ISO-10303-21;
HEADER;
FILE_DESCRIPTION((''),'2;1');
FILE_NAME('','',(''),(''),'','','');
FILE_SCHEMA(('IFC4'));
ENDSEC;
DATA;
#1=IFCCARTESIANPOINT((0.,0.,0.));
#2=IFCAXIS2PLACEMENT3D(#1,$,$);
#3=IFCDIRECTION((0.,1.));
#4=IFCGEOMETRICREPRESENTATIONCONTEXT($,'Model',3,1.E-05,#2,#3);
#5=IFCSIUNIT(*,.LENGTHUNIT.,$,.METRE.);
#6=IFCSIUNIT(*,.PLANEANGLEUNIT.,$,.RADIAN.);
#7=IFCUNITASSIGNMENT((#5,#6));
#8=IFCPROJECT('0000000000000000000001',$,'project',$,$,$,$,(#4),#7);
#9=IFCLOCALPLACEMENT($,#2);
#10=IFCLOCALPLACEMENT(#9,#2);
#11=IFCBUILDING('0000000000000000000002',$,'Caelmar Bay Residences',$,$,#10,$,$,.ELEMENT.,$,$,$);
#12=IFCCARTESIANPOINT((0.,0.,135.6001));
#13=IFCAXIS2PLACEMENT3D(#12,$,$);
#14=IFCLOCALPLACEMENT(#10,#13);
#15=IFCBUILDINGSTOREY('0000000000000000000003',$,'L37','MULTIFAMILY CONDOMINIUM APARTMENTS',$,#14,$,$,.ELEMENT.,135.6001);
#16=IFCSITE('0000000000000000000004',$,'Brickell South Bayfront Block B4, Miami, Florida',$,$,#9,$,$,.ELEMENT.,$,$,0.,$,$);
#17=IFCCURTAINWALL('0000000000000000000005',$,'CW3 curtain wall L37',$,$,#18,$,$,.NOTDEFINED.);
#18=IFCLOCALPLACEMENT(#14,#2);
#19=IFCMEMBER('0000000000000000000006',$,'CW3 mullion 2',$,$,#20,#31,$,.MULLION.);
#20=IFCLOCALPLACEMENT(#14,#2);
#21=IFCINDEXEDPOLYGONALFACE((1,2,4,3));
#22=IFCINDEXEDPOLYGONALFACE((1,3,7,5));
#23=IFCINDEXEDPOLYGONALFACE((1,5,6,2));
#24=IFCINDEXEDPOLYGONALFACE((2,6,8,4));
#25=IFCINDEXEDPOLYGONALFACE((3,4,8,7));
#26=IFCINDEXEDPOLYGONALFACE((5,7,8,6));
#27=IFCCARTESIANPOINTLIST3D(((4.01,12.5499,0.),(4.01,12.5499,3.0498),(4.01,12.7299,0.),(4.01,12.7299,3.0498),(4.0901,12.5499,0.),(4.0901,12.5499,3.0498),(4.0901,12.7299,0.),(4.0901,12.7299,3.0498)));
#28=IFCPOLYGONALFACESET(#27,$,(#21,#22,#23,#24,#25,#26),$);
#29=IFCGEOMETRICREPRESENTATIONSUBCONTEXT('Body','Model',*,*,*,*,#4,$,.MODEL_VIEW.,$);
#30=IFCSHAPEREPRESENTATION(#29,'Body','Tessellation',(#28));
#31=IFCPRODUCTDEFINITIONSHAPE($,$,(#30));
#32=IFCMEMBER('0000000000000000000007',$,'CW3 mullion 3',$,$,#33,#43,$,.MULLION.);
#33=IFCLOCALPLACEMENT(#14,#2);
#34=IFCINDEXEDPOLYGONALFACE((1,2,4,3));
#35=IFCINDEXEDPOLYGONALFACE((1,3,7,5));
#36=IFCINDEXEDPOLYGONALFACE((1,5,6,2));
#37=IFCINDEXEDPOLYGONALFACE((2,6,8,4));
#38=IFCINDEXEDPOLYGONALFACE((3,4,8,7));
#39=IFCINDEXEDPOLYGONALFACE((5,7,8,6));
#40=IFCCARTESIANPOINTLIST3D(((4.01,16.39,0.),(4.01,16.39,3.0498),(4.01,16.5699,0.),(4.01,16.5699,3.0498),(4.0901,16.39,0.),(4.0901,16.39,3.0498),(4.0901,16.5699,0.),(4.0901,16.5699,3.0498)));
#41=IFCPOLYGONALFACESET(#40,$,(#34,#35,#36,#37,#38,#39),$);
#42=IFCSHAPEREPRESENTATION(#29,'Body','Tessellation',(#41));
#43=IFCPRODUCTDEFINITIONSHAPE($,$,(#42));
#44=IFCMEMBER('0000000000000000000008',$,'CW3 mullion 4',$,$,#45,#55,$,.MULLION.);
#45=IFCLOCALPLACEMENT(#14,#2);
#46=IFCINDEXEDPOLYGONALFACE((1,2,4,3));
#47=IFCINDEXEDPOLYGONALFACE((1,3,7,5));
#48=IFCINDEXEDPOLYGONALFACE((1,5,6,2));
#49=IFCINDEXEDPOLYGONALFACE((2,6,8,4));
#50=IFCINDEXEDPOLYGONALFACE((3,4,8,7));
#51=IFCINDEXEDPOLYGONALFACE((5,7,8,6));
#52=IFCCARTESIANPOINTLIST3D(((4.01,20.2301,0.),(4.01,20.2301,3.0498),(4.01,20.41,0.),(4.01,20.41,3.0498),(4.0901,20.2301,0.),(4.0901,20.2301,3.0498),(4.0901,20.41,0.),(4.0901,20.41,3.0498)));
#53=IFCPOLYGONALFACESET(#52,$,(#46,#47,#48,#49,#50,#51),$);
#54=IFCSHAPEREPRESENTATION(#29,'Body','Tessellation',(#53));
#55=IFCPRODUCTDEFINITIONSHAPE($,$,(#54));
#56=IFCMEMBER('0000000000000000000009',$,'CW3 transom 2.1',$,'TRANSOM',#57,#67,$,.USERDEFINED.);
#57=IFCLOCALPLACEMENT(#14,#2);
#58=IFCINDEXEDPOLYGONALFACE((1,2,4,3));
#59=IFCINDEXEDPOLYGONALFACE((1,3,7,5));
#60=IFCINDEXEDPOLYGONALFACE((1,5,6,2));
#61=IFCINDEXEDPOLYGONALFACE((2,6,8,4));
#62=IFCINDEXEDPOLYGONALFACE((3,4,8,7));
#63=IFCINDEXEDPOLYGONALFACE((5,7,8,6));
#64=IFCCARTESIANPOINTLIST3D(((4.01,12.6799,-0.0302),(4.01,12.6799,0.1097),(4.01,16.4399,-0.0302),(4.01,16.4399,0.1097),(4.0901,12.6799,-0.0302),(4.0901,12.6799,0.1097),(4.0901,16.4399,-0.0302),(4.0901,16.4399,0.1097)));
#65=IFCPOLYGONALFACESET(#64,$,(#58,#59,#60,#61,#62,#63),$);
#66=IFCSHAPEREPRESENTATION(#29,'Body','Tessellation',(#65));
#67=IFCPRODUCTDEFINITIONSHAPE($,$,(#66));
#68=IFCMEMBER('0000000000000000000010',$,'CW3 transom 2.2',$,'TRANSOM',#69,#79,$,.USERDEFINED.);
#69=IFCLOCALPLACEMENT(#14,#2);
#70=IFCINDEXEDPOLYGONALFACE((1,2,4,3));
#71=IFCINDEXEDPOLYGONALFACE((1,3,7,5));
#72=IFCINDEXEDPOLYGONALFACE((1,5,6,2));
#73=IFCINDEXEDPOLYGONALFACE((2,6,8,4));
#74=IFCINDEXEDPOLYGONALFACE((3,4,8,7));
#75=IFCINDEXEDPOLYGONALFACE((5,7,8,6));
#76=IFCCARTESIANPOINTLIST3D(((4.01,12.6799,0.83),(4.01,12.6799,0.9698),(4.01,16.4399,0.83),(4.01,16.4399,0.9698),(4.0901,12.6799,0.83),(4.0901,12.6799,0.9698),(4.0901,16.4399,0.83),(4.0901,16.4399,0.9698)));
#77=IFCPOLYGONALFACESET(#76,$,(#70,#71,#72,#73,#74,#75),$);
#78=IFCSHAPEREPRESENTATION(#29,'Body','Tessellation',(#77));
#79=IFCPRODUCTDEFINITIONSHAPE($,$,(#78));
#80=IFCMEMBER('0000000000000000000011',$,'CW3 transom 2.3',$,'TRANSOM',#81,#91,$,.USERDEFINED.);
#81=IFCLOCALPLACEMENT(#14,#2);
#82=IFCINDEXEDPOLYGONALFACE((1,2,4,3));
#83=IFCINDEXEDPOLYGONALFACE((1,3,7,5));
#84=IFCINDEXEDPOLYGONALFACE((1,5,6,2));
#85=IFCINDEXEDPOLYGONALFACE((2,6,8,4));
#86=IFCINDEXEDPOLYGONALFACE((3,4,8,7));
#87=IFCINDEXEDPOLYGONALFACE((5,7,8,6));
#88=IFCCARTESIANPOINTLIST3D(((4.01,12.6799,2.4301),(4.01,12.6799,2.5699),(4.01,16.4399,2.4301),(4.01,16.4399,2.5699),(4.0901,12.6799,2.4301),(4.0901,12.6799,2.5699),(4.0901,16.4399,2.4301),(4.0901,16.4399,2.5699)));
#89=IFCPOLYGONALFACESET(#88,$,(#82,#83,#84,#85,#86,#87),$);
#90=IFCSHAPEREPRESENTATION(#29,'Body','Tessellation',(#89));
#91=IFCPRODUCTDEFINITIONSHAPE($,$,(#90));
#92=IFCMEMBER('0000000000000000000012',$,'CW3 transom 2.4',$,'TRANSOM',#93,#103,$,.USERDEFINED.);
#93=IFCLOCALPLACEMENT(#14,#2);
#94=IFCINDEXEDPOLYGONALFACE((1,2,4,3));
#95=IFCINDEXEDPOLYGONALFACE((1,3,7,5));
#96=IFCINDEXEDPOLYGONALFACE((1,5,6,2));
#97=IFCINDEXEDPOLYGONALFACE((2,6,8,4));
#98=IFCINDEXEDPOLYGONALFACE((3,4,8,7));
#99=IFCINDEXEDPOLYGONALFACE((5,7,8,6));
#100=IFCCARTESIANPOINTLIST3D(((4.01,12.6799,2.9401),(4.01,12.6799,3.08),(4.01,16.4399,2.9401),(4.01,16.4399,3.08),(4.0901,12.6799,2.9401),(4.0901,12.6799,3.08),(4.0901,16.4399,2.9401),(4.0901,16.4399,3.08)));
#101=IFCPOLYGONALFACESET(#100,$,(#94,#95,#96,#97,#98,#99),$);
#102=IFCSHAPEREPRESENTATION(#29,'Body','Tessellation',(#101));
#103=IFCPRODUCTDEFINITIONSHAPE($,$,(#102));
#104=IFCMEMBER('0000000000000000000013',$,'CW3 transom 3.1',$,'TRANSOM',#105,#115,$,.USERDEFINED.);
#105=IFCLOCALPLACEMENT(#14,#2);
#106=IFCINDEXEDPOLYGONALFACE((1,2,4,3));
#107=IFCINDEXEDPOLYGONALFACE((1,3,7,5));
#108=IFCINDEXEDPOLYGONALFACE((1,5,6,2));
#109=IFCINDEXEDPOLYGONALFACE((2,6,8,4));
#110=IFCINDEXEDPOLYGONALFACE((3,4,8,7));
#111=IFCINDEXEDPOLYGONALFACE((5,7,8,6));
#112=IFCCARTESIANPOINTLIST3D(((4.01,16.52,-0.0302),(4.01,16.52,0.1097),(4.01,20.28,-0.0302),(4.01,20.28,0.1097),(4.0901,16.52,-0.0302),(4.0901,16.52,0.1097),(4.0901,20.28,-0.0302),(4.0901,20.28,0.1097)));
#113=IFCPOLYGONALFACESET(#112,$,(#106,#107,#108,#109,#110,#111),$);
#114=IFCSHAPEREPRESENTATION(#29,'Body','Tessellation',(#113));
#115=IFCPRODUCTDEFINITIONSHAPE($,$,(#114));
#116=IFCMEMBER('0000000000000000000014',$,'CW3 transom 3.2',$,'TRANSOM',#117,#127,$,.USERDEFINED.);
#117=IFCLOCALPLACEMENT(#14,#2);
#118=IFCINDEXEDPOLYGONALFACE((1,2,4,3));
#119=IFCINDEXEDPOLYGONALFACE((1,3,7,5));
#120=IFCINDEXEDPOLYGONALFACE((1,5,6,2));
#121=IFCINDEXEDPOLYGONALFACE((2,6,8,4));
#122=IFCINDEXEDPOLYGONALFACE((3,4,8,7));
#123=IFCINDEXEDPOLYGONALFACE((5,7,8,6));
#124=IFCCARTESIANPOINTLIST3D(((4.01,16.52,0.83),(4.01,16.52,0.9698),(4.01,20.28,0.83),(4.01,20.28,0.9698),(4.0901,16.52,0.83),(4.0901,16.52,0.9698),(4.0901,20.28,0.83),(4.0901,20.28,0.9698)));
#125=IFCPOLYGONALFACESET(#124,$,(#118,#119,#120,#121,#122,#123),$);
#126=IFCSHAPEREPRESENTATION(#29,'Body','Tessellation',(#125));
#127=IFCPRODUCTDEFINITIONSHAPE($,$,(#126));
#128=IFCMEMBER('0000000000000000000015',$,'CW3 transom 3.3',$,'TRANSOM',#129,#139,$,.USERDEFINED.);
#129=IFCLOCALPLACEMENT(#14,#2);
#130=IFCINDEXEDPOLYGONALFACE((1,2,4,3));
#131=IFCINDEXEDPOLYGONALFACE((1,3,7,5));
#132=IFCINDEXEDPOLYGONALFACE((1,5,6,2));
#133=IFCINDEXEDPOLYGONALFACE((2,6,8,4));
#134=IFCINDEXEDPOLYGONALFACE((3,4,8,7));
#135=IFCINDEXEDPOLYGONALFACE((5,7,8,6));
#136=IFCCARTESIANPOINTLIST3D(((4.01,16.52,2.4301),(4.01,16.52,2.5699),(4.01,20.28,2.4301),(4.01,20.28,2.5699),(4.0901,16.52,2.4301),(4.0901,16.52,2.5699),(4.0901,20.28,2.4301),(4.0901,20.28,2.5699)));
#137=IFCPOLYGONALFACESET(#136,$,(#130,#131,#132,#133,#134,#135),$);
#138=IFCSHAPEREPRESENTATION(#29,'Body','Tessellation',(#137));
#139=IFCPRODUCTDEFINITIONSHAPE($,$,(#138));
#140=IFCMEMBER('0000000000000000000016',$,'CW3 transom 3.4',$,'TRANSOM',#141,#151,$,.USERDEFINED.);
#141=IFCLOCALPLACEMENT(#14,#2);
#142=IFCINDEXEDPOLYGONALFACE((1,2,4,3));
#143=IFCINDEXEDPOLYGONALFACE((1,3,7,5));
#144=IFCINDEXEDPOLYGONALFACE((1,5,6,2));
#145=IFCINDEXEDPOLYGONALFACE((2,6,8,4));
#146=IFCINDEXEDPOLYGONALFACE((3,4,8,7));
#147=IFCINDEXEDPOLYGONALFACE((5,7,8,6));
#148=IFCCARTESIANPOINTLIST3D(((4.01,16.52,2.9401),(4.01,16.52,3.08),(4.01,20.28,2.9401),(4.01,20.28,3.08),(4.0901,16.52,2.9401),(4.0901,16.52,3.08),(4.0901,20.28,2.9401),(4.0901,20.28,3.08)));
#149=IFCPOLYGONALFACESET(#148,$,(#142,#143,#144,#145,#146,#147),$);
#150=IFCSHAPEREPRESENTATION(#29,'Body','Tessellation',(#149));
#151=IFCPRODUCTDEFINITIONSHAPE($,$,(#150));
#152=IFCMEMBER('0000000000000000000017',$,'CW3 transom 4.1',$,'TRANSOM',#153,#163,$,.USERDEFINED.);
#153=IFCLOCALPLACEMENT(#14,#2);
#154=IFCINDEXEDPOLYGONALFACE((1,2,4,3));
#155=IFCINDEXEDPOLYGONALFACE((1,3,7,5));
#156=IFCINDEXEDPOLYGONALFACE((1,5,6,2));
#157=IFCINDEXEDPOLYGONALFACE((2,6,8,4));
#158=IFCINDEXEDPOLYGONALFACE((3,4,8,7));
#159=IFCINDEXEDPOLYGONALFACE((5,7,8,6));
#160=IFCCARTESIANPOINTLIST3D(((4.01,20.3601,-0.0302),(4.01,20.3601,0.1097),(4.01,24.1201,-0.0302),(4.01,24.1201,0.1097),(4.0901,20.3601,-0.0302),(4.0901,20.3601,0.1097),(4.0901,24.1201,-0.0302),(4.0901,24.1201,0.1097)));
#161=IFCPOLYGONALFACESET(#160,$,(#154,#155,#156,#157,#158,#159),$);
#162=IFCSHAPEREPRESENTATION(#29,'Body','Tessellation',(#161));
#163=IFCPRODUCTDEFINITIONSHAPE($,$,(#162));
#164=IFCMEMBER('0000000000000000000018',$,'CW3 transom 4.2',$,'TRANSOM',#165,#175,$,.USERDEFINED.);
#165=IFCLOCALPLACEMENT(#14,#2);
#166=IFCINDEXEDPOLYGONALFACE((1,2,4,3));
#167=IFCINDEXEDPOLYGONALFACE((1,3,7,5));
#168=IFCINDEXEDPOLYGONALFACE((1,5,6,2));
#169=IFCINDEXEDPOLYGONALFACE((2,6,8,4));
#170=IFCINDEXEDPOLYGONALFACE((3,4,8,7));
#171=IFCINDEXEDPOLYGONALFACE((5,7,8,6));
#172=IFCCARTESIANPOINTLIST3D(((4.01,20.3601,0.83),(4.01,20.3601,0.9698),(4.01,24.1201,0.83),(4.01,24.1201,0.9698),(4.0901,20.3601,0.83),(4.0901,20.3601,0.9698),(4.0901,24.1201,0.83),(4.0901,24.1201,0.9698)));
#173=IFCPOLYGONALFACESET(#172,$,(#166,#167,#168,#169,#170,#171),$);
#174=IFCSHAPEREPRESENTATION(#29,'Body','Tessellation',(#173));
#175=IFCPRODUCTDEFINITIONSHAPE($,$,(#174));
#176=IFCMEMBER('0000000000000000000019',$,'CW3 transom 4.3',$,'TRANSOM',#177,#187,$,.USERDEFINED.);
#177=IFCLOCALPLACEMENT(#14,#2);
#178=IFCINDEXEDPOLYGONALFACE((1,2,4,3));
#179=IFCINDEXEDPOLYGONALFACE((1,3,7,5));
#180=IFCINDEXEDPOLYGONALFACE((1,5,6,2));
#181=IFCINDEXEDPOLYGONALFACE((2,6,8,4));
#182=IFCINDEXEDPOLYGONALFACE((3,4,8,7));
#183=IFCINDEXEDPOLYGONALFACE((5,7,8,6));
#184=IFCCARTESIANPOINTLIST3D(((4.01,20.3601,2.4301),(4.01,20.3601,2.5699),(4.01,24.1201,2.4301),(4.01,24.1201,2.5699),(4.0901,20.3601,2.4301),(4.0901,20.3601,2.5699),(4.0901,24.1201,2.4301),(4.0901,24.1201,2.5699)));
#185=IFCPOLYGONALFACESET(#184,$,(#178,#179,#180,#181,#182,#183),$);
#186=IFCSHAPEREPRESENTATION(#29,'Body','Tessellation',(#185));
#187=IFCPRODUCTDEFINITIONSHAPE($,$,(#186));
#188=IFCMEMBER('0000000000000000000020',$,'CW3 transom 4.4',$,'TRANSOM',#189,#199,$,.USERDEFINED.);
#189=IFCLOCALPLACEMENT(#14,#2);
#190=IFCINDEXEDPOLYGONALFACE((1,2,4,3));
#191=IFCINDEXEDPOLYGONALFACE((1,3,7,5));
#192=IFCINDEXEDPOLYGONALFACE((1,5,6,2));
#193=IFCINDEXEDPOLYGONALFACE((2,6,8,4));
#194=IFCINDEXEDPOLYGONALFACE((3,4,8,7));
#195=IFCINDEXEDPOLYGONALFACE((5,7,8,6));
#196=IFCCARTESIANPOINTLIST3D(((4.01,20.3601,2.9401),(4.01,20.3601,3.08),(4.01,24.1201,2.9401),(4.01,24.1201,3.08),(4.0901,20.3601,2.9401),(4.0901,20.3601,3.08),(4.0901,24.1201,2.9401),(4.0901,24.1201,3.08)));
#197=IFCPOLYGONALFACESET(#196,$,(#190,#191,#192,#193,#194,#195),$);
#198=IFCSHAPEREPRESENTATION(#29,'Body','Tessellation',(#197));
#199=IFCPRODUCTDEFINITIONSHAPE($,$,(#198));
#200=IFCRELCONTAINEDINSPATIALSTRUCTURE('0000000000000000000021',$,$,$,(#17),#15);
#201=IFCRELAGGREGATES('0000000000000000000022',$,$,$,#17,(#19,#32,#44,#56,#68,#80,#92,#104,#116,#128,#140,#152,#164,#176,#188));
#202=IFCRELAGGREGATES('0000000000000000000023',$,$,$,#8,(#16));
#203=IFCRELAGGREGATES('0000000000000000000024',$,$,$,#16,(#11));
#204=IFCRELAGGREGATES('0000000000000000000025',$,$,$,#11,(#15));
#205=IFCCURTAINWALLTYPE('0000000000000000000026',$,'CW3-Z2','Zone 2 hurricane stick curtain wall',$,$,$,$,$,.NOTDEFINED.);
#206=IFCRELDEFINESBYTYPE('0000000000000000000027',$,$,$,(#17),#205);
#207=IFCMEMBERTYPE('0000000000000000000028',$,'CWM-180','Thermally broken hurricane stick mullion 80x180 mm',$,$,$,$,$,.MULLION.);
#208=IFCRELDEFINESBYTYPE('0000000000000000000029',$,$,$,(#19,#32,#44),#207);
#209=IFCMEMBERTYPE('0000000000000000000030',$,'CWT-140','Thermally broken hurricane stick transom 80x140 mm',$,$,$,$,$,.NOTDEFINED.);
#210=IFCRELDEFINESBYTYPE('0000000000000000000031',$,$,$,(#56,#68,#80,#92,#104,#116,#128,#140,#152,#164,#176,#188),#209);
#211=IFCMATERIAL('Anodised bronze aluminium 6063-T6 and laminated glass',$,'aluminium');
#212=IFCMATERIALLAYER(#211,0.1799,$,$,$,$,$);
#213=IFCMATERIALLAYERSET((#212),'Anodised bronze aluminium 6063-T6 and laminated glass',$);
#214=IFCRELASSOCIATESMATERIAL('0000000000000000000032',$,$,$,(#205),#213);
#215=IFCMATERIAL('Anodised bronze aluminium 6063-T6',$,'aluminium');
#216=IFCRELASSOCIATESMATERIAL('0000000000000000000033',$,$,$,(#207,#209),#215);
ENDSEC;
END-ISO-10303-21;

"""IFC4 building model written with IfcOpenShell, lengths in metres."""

from ifc_helpers import new_model, si_unit, direction, frame, origin, origin_2d, place, context, subcontext, project, spatial, rectangle, extrude, material, layer, layer_set, material_profile, profile_set, type_object, element, aggregate, save


model = new_model("IFC4")

# Units and contexts
model_context = context("Model", 3, precision=1e-05, world=origin(), true_north=direction((0.0, 1.0)))
body_context = subcontext(model_context, "Body", "Model", "MODEL_VIEW")
ifc_project = project(units=[si_unit("LENGTHUNIT", "METRE"), si_unit("PLANEANGLEUNIT", "RADIAN")], contexts=[model_context])

# Site, building, storey
site_placement = place(None, origin())
site = spatial("IfcSite", under=ifc_project, at=site_placement, Name="Brickell South Bayfront Block B4, Miami, Florida", CompositionType="ELEMENT", RefElevation=0.0)
building_placement = place(site_placement, origin())
building = spatial("IfcBuilding", under=site, at=building_placement, Name="Caelmar Bay Residences", CompositionType="ELEMENT")
storey_placement = place(building_placement, frame((0.0, 0.0, 135.6001)))
storey = spatial("IfcBuildingStorey", under=building, at=storey_placement, Name="L37", Description="MULTIFAMILY CONDOMINIUM APARTMENTS", CompositionType="ELEMENT", Elevation=135.6001)

# Curtain wall, members
ifc_material_1 = material(Name="Anodised bronze aluminium 6063-T6 and laminated glass", Category="aluminium")
ifc_layer_1 = layer(ifc_material_1, 0.1799)
ifc_layer_set_1 = layer_set([ifc_layer_1], Name="Anodised bronze aluminium 6063-T6 and laminated glass")
curtain_wall_type = type_object("IfcCurtainWallType", Name="CW3-Z2", Description="Zone 2 hurricane stick curtain wall", PredefinedType="NOTDEFINED", material=ifc_layer_set_1)
curtain_wall_placement = place(storey_placement, origin())
curtain_wall = element("IfcCurtainWall", 1, at=curtain_wall_placement, inside=storey, type_object=curtain_wall_type, Name="CW3 curtain wall L37", PredefinedType="NOTDEFINED")
ifc_material_2 = material(Name="Anodised bronze aluminium 6063-T6", Category="aluminium")
ifc_material_profile_1 = material_profile(ifc_material_2, rectangle(XDim=0.0801, YDim=0.1799, at=origin_2d()), Name="CWM-80X180")
ifc_profile_set_1 = profile_set([ifc_material_profile_1], Name="Anodised bronze aluminium 6063-T6")
member_type_1 = type_object("IfcMemberType", Name="CWM-180", Description="Thermally broken hurricane stick mullion 80x180 mm", PredefinedType="MULLION", material=ifc_profile_set_1)
member_1_placement = place(storey_placement, frame((4.05, 12.6399, 0.0), z_axis=(0.0, 0.0, 1.0), x_axis=(-1.0, 0.0, 0.0)))
member_1 = element("IfcMember", 2, at=member_1_placement, type_object=member_type_1, Name="CW3 mullion 2", PredefinedType="MULLION", context=body_context, shape_type="SweptSolid", body=[
    extrude(rectangle(XDim=0.0801, YDim=0.1799, at=origin_2d()), origin(), (0.0, 0.0, 1.0), 3.0498),
])
member_2_placement = place(storey_placement, frame((4.05, 16.48, 0.0), z_axis=(0.0, 0.0, 1.0), x_axis=(-1.0, 0.0, 0.0)))
member_2 = element("IfcMember", 3, at=member_2_placement, type_object=member_type_1, Name="CW3 mullion 3", PredefinedType="MULLION", context=body_context, shape_type="SweptSolid", body=[
    extrude(rectangle(XDim=0.0801, YDim=0.1799, at=origin_2d()), origin(), (0.0, 0.0, 1.0), 3.0498),
])
member_3_placement = place(storey_placement, frame((4.05, 20.3201, 0.0), z_axis=(0.0, 0.0, 1.0), x_axis=(-1.0, 0.0, 0.0)))
member_3 = element("IfcMember", 4, at=member_3_placement, type_object=member_type_1, Name="CW3 mullion 4", PredefinedType="MULLION", context=body_context, shape_type="SweptSolid", body=[
    extrude(rectangle(XDim=0.0801, YDim=0.1799, at=origin_2d()), origin(), (0.0, 0.0, 1.0), 3.0498),
])
ifc_material_profile_2 = material_profile(ifc_material_2, rectangle(XDim=0.0801, YDim=0.1399, at=origin_2d()), Name="CWT-80X140")
ifc_profile_set_2 = profile_set([ifc_material_profile_2], Name="Anodised bronze aluminium 6063-T6")
member_type_2 = type_object("IfcMemberType", Name="CWT-140", Description="Thermally broken hurricane stick transom 80x140 mm", PredefinedType="NOTDEFINED", material=ifc_profile_set_2)
member_4_placement = place(storey_placement, frame((4.05, 12.6799, 0.0398), z_axis=(0.0, 1.0, 0.0), x_axis=(-1.0, 0.0, 0.0)))
member_4 = element("IfcMember", 5, at=member_4_placement, type_object=member_type_2, Name="CW3 transom 2.1", ObjectType="TRANSOM", PredefinedType="USERDEFINED", context=body_context, shape_type="SweptSolid", body=[
    extrude(rectangle(XDim=0.0801, YDim=0.1399, at=origin_2d()), origin(), (0.0, 0.0, 1.0), 3.76),
])
member_5_placement = place(storey_placement, frame((4.05, 12.6799, 0.8999), z_axis=(0.0, 1.0, 0.0), x_axis=(-1.0, 0.0, 0.0)))
member_5 = element("IfcMember", 6, at=member_5_placement, type_object=member_type_2, Name="CW3 transom 2.2", ObjectType="TRANSOM", PredefinedType="USERDEFINED", context=body_context, shape_type="SweptSolid", body=[
    extrude(rectangle(XDim=0.0801, YDim=0.1399, at=origin_2d()), origin(), (0.0, 0.0, 1.0), 3.76),
])
member_6_placement = place(storey_placement, frame((4.05, 12.6799, 2.5), z_axis=(0.0, 1.0, 0.0), x_axis=(-1.0, 0.0, 0.0)))
member_6 = element("IfcMember", 7, at=member_6_placement, type_object=member_type_2, Name="CW3 transom 2.3", ObjectType="TRANSOM", PredefinedType="USERDEFINED", context=body_context, shape_type="SweptSolid", body=[
    extrude(rectangle(XDim=0.0801, YDim=0.1399, at=origin_2d()), origin(), (0.0, 0.0, 1.0), 3.76),
])
member_7_placement = place(storey_placement, frame((4.05, 12.6799, 3.01), z_axis=(0.0, 1.0, 0.0), x_axis=(-1.0, 0.0, 0.0)))
member_7 = element("IfcMember", 8, at=member_7_placement, type_object=member_type_2, Name="CW3 transom 2.4", ObjectType="TRANSOM", PredefinedType="USERDEFINED", context=body_context, shape_type="SweptSolid", body=[
    extrude(rectangle(XDim=0.0801, YDim=0.1399, at=origin_2d()), origin(), (0.0, 0.0, 1.0), 3.76),
])
member_8_placement = place(storey_placement, frame((4.05, 16.52, 0.0398), z_axis=(0.0, 1.0, 0.0), x_axis=(-1.0, 0.0, 0.0)))
member_8 = element("IfcMember", 9, at=member_8_placement, type_object=member_type_2, Name="CW3 transom 3.1", ObjectType="TRANSOM", PredefinedType="USERDEFINED", context=body_context, shape_type="SweptSolid", body=[
    extrude(rectangle(XDim=0.0801, YDim=0.1399, at=origin_2d()), origin(), (0.0, 0.0, 1.0), 3.76),
])
member_9_placement = place(storey_placement, frame((4.05, 16.52, 0.8999), z_axis=(0.0, 1.0, 0.0), x_axis=(-1.0, 0.0, 0.0)))
member_9 = element("IfcMember", 10, at=member_9_placement, type_object=member_type_2, Name="CW3 transom 3.2", ObjectType="TRANSOM", PredefinedType="USERDEFINED", context=body_context, shape_type="SweptSolid", body=[
    extrude(rectangle(XDim=0.0801, YDim=0.1399, at=origin_2d()), origin(), (0.0, 0.0, 1.0), 3.76),
])
member_10_placement = place(storey_placement, frame((4.05, 16.52, 2.5), z_axis=(0.0, 1.0, 0.0), x_axis=(-1.0, 0.0, 0.0)))
member_10 = element("IfcMember", 11, at=member_10_placement, type_object=member_type_2, Name="CW3 transom 3.3", ObjectType="TRANSOM", PredefinedType="USERDEFINED", context=body_context, shape_type="SweptSolid", body=[
    extrude(rectangle(XDim=0.0801, YDim=0.1399, at=origin_2d()), origin(), (0.0, 0.0, 1.0), 3.76),
])
member_11_placement = place(storey_placement, frame((4.05, 16.52, 3.01), z_axis=(0.0, 1.0, 0.0), x_axis=(-1.0, 0.0, 0.0)))
member_11 = element("IfcMember", 12, at=member_11_placement, type_object=member_type_2, Name="CW3 transom 3.4", ObjectType="TRANSOM", PredefinedType="USERDEFINED", context=body_context, shape_type="SweptSolid", body=[
    extrude(rectangle(XDim=0.0801, YDim=0.1399, at=origin_2d()), origin(), (0.0, 0.0, 1.0), 3.76),
])
member_12_placement = place(storey_placement, frame((4.05, 20.3601, 0.0398), z_axis=(0.0, 1.0, 0.0), x_axis=(-1.0, 0.0, 0.0)))
member_12 = element("IfcMember", 13, at=member_12_placement, type_object=member_type_2, Name="CW3 transom 4.1", ObjectType="TRANSOM", PredefinedType="USERDEFINED", context=body_context, shape_type="SweptSolid", body=[
    extrude(rectangle(XDim=0.0801, YDim=0.1399, at=origin_2d()), origin(), (0.0, 0.0, 1.0), 3.76),
])
member_13_placement = place(storey_placement, frame((4.05, 20.3601, 0.8999), z_axis=(0.0, 1.0, 0.0), x_axis=(-1.0, 0.0, 0.0)))
member_13 = element("IfcMember", 14, at=member_13_placement, type_object=member_type_2, Name="CW3 transom 4.2", ObjectType="TRANSOM", PredefinedType="USERDEFINED", context=body_context, shape_type="SweptSolid", body=[
    extrude(rectangle(XDim=0.0801, YDim=0.1399, at=origin_2d()), origin(), (0.0, 0.0, 1.0), 3.76),
])
member_14_placement = place(storey_placement, frame((4.05, 20.3601, 2.5), z_axis=(0.0, 1.0, 0.0), x_axis=(-1.0, 0.0, 0.0)))
member_14 = element("IfcMember", 15, at=member_14_placement, type_object=member_type_2, Name="CW3 transom 4.3", ObjectType="TRANSOM", PredefinedType="USERDEFINED", context=body_context, shape_type="SweptSolid", body=[
    extrude(rectangle(XDim=0.0801, YDim=0.1399, at=origin_2d()), origin(), (0.0, 0.0, 1.0), 3.76),
])
member_15_placement = place(storey_placement, frame((4.05, 20.3601, 3.01), z_axis=(0.0, 1.0, 0.0), x_axis=(-1.0, 0.0, 0.0)))
member_15 = element("IfcMember", 16, at=member_15_placement, type_object=member_type_2, Name="CW3 transom 4.4", ObjectType="TRANSOM", PredefinedType="USERDEFINED", context=body_context, shape_type="SweptSolid", body=[
    extrude(rectangle(XDim=0.0801, YDim=0.1399, at=origin_2d()), origin(), (0.0, 0.0, 1.0), 3.76),
])
aggregate(curtain_wall, [member_1, member_2, member_3, member_4, member_5, member_6, member_7, member_8, member_9, member_10, member_11, member_12, member_13, member_14, member_15])

save(model, "model.ifc")
